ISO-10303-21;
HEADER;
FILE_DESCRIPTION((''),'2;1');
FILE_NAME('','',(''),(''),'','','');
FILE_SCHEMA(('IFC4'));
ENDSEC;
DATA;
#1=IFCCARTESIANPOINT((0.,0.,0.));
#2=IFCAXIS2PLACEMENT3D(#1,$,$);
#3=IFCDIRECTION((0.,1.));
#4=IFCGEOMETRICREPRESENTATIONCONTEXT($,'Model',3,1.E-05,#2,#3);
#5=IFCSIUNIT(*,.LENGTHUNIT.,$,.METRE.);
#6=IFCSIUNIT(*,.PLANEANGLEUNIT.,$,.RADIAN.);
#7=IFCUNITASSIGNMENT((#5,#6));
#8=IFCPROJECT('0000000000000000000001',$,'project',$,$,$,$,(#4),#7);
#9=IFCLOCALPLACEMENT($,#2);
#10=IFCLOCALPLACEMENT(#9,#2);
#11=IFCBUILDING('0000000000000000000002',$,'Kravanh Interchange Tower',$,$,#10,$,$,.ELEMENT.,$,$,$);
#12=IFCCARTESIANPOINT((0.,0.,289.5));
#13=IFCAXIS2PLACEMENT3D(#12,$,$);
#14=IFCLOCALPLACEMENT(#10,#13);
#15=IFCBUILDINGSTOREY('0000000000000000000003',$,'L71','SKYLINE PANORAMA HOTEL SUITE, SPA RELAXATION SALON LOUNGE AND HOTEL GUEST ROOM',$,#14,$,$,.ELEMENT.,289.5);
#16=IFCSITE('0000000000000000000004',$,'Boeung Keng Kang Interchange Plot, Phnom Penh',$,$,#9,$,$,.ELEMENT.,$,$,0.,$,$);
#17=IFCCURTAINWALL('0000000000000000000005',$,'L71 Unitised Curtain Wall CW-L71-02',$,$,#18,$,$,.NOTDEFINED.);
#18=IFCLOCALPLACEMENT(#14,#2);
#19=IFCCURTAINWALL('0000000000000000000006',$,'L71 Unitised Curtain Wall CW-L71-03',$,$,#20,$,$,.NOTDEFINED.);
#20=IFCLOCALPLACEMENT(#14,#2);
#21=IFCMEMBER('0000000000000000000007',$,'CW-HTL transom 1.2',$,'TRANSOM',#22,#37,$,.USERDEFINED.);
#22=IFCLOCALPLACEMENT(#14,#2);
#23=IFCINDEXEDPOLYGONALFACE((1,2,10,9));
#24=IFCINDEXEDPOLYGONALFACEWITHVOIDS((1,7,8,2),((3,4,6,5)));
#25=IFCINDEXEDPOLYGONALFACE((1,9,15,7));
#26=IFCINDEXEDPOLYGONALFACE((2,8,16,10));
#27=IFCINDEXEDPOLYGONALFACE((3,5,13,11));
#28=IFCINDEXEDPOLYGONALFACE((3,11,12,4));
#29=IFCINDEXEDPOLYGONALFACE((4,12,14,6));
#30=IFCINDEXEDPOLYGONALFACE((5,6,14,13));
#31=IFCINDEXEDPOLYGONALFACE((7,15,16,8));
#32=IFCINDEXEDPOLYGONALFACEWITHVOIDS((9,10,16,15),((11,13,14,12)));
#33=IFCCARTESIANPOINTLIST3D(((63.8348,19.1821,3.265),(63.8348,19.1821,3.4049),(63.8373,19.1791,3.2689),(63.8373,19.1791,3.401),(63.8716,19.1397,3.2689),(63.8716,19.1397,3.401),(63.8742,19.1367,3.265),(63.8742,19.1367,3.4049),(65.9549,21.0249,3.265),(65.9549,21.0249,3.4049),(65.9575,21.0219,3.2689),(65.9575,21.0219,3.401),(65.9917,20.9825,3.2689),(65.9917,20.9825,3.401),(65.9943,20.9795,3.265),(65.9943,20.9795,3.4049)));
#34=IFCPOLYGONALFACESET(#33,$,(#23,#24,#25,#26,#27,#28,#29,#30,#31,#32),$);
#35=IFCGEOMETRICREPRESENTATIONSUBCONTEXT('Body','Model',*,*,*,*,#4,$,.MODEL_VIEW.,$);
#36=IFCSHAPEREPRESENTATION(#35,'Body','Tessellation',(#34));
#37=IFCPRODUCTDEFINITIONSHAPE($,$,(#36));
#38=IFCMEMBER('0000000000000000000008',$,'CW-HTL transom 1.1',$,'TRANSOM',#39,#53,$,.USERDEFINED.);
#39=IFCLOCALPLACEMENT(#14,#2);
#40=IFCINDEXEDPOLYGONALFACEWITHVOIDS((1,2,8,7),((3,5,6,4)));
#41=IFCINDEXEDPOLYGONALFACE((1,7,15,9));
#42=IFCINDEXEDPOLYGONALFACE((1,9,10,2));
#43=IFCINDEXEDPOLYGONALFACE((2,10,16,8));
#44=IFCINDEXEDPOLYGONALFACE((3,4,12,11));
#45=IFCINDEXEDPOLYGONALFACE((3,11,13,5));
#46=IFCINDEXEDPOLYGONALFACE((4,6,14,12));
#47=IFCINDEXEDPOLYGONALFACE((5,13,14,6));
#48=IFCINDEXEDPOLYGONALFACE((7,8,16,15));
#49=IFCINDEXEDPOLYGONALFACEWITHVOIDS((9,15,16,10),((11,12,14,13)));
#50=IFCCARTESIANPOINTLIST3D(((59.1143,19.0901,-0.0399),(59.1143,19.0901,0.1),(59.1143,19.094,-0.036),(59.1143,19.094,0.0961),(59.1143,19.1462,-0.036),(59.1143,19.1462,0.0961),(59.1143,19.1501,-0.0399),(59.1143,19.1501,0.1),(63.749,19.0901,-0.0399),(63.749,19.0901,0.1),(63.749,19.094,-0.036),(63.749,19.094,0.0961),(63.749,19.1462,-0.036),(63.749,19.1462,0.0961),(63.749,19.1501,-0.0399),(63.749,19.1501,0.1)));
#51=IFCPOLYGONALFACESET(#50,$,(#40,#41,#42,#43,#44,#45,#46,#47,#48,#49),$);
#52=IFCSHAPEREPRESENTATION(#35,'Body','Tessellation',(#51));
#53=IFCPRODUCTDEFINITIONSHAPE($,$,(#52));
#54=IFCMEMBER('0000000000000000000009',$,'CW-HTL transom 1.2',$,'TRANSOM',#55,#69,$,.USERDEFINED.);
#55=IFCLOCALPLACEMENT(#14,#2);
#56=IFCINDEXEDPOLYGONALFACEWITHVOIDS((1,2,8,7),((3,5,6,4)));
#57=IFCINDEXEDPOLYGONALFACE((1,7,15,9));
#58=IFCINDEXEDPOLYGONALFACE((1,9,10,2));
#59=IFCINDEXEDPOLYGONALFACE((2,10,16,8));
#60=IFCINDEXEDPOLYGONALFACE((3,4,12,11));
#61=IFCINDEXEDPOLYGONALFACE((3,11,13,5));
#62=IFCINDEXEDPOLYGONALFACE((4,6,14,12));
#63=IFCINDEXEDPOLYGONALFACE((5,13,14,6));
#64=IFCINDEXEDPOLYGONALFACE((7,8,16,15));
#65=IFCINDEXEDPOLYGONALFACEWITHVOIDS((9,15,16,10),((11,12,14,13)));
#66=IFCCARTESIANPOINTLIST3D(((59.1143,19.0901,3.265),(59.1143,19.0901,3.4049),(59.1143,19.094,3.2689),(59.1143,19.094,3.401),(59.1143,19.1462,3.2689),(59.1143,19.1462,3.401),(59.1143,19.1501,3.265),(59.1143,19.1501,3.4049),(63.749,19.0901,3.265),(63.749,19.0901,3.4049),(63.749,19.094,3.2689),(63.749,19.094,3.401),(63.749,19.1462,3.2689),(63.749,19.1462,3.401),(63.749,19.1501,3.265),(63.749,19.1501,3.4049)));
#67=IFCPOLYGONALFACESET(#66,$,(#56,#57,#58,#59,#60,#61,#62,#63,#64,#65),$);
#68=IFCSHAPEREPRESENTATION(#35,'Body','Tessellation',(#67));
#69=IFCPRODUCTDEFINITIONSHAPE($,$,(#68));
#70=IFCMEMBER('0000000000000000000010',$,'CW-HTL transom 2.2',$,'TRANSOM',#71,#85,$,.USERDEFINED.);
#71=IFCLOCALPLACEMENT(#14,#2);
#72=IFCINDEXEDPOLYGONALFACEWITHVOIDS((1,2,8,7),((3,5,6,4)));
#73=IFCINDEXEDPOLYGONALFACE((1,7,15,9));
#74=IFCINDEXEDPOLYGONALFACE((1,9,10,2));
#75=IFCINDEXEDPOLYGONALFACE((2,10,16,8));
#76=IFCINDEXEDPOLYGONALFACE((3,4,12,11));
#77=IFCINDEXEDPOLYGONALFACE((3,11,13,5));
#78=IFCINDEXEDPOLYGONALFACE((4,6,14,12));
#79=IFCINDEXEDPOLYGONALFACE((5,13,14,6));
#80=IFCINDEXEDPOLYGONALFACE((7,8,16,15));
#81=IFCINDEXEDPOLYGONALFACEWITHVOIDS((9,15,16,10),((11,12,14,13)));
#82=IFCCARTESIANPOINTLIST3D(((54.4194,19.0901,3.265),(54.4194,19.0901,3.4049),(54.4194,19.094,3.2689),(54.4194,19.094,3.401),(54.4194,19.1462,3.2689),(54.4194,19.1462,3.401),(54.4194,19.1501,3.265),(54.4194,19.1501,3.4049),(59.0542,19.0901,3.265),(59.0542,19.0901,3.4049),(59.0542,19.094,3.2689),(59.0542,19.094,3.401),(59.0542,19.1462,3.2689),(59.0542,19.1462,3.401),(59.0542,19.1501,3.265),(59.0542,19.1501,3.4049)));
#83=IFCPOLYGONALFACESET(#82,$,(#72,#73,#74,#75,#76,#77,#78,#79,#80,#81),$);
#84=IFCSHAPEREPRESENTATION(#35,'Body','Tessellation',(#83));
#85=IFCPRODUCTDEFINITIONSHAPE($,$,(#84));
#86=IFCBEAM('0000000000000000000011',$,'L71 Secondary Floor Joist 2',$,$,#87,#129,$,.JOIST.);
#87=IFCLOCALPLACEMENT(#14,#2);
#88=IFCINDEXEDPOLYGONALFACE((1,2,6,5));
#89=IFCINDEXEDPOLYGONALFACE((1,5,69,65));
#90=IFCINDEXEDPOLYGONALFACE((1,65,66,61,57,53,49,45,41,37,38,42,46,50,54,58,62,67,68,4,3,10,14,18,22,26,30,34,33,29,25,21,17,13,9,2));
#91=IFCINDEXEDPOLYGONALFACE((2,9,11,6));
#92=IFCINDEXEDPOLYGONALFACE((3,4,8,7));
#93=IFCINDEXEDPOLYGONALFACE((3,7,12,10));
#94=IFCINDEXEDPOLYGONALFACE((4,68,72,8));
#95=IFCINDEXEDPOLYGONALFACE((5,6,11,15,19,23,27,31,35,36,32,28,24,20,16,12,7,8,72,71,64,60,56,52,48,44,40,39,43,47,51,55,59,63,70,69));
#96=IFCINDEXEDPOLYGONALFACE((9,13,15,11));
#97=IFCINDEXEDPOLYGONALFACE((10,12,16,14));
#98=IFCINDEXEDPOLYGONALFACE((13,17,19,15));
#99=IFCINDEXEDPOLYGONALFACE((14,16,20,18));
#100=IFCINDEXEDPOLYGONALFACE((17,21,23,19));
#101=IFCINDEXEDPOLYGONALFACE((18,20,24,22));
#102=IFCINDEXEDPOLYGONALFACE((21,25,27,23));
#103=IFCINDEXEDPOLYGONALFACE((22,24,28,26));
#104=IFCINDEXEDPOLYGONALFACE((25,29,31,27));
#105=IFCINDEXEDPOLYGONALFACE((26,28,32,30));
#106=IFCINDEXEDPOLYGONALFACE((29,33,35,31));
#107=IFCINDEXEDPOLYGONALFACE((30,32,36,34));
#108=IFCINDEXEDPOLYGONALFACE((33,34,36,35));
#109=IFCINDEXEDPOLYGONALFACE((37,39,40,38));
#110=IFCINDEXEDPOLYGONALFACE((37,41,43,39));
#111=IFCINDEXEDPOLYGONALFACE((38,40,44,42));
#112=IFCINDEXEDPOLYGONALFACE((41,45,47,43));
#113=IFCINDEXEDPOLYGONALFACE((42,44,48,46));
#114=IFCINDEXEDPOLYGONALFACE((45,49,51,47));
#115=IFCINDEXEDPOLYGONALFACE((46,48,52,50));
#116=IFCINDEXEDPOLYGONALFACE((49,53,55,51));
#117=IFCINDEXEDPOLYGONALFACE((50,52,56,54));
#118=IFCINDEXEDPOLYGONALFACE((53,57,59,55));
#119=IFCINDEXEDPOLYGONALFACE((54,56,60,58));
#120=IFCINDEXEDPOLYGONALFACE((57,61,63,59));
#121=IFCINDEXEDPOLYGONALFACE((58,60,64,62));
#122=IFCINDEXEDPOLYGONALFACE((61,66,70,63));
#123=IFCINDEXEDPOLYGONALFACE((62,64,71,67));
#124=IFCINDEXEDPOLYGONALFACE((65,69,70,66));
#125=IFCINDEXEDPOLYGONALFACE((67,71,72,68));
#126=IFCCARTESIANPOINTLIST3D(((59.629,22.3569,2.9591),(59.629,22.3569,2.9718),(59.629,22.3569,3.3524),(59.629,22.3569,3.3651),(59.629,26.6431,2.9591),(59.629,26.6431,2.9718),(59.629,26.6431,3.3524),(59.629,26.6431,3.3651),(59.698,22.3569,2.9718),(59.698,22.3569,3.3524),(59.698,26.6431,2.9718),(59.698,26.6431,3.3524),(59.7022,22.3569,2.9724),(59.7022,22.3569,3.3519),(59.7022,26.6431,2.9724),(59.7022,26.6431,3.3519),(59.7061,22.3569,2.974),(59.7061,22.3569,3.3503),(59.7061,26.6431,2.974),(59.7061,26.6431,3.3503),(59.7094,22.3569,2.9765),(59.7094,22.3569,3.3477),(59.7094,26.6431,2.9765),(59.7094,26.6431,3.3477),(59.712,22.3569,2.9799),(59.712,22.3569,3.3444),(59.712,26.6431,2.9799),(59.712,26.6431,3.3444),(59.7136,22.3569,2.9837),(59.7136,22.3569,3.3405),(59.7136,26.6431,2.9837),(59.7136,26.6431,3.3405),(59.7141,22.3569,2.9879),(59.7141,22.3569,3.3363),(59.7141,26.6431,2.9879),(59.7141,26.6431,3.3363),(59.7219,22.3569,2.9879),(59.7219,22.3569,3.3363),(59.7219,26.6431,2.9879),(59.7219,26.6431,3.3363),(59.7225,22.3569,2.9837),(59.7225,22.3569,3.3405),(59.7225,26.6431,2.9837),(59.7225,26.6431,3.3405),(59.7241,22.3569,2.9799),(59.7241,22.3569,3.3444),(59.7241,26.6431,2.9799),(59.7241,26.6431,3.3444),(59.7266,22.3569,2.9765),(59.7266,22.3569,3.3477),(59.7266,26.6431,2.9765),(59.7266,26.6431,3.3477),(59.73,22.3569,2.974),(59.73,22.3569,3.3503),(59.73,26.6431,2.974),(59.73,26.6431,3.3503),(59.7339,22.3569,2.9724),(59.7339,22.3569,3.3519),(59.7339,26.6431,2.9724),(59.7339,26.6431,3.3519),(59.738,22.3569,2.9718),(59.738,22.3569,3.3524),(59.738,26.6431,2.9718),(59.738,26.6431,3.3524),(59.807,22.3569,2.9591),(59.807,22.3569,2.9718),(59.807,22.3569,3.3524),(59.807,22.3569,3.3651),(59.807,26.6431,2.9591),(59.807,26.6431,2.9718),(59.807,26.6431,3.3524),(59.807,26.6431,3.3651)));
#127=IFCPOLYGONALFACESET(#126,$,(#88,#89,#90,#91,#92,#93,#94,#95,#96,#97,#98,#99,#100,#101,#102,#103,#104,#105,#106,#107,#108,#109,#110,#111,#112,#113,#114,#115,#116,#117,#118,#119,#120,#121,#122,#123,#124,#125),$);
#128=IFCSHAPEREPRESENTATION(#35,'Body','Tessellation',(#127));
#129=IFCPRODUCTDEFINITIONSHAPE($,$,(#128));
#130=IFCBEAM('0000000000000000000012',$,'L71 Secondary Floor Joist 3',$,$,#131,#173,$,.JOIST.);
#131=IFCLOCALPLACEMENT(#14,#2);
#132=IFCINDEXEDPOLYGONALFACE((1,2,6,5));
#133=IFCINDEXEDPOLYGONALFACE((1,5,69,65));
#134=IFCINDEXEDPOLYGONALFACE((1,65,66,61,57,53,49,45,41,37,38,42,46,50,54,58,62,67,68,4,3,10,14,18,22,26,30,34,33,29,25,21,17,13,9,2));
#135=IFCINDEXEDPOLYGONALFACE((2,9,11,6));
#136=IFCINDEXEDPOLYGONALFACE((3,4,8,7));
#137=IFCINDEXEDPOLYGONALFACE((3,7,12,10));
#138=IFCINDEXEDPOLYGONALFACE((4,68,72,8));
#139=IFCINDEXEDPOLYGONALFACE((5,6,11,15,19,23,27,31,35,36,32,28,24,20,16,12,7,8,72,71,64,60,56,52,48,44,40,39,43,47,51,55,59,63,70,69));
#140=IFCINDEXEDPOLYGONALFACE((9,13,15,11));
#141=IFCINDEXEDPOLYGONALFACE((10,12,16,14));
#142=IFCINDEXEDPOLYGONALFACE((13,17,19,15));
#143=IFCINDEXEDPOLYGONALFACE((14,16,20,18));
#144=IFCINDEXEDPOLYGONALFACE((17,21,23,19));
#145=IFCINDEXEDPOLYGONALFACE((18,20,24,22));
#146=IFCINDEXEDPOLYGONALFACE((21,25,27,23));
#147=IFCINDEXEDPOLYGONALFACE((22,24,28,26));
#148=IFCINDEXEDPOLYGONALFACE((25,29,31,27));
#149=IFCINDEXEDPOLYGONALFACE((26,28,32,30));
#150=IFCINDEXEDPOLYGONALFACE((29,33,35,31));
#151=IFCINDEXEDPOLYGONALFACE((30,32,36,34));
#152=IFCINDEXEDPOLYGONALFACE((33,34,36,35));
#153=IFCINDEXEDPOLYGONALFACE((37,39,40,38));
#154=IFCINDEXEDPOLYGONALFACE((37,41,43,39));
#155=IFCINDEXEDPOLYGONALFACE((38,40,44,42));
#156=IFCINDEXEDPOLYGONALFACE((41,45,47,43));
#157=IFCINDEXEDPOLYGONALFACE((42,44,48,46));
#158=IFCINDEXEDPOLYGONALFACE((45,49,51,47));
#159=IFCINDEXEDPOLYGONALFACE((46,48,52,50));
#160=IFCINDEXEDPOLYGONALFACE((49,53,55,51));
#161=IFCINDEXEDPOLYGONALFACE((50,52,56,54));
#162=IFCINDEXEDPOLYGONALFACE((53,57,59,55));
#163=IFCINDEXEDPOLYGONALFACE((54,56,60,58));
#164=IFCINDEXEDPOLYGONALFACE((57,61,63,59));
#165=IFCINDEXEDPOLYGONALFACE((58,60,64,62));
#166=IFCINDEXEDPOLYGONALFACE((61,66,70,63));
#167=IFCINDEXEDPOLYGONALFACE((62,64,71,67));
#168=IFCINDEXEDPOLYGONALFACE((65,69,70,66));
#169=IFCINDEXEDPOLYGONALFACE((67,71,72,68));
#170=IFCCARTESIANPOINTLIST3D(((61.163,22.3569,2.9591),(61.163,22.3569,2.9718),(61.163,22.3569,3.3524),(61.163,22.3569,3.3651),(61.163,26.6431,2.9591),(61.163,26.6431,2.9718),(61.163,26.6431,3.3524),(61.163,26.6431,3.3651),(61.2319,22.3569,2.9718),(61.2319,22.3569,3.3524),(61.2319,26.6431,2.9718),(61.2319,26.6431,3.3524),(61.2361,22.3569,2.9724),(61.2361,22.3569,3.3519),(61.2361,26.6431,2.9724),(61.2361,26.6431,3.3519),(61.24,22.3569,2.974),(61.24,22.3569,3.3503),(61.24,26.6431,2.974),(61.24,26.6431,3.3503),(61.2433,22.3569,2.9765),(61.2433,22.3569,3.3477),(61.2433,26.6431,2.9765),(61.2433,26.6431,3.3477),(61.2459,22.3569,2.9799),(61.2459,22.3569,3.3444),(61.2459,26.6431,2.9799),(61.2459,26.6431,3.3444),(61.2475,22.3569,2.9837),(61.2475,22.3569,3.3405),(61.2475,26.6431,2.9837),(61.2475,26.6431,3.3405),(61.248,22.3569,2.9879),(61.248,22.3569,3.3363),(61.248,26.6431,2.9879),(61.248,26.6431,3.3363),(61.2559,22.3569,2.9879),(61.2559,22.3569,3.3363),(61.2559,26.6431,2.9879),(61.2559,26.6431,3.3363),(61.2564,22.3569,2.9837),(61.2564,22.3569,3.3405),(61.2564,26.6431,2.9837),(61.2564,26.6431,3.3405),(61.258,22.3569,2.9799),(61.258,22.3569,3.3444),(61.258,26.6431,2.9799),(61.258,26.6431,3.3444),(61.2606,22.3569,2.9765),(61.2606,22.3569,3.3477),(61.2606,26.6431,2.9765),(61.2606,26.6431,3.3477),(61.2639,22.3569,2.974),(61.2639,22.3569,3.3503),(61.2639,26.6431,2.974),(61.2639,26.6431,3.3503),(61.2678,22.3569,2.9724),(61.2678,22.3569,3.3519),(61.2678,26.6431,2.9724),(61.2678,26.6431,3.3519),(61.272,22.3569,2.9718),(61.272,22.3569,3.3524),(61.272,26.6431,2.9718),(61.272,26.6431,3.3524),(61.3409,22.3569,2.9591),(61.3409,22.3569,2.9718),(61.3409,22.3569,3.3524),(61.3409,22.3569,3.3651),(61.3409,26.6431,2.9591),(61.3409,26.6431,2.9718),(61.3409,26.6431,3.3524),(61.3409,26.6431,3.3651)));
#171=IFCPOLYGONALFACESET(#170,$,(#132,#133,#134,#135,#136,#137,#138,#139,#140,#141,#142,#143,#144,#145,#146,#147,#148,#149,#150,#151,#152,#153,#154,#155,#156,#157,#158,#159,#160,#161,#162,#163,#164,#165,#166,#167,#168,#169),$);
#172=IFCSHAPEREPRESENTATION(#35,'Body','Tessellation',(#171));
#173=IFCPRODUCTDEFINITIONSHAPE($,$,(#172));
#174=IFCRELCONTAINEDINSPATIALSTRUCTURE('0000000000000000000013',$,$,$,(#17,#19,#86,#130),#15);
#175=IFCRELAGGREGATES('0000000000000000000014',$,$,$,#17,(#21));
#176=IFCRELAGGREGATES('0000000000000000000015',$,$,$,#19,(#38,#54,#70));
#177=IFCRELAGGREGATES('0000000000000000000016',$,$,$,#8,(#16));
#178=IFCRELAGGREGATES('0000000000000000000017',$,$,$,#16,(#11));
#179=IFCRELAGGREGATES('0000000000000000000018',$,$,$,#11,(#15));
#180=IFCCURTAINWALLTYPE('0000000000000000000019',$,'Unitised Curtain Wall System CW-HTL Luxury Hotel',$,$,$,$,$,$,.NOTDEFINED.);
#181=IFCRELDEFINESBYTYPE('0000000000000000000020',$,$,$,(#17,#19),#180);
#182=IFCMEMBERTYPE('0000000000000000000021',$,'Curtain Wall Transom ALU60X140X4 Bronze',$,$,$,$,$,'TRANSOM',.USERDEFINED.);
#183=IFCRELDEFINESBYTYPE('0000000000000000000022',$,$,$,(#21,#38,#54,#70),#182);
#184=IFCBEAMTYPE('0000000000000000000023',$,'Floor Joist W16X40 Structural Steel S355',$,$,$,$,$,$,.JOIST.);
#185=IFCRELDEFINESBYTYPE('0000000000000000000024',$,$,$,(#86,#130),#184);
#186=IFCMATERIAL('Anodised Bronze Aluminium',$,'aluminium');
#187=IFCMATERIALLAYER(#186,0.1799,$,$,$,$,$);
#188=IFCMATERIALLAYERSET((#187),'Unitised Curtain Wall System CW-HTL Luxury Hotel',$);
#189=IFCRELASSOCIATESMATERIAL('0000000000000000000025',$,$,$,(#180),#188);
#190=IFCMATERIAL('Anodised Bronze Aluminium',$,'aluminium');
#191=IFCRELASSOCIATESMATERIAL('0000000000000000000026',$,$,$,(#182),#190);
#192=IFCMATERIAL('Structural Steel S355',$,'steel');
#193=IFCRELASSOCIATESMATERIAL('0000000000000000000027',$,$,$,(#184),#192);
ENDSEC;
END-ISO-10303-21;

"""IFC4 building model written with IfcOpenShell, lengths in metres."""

from ifc_helpers import new_model, si_unit, direction, frame, origin, origin_2d, place, context, subcontext, project, spatial, hollow_rectangle, i_section, extrude, material, layer, layer_set, material_profile, profile_set, type_object, element, aggregate, save


model = new_model("IFC4")

# Units and contexts
model_context = context("Model", 3, precision=1e-05, world=origin(), true_north=direction((0.0, 1.0)))
body_context = subcontext(model_context, "Body", "Model", "MODEL_VIEW")
ifc_project = project(units=[si_unit("LENGTHUNIT", "METRE"), si_unit("PLANEANGLEUNIT", "RADIAN")], contexts=[model_context])

# Site, building, storey
site_placement = place(None, origin())
site = spatial("IfcSite", under=ifc_project, at=site_placement, Name="Boeung Keng Kang Interchange Plot, Phnom Penh", CompositionType="ELEMENT", RefElevation=0.0)
building_placement = place(site_placement, origin())
building = spatial("IfcBuilding", under=site, at=building_placement, Name="Kravanh Interchange Tower", CompositionType="ELEMENT")
storey_placement = place(building_placement, frame((0.0, 0.0, 289.5)))
storey = spatial("IfcBuildingStorey", under=building, at=storey_placement, Name="L71", Description="SKYLINE PANORAMA HOTEL SUITE, SPA RELAXATION SALON LOUNGE AND HOTEL GUEST ROOM", CompositionType="ELEMENT", Elevation=289.5)

# Curtain walls
ifc_material_1 = material(Name="Anodised Bronze Aluminium", Category="aluminium")
ifc_layer_1 = layer(ifc_material_1, 0.1799)
ifc_layer_set_1 = layer_set([ifc_layer_1], Name="Unitised Curtain Wall System CW-HTL Luxury Hotel")
curtain_wall_type = type_object("IfcCurtainWallType", Name="Unitised Curtain Wall System CW-HTL Luxury Hotel", PredefinedType="NOTDEFINED", material=ifc_layer_set_1)
curtain_wall_1_placement = place(storey_placement, origin())
curtain_wall_1 = element("IfcCurtainWall", 1, at=curtain_wall_1_placement, inside=storey, type_object=curtain_wall_type, Name="L71 Unitised Curtain Wall CW-L71-02", PredefinedType="NOTDEFINED")
curtain_wall_2_placement = place(storey_placement, origin())
curtain_wall_2 = element("IfcCurtainWall", 2, at=curtain_wall_2_placement, inside=storey, type_object=curtain_wall_type, Name="L71 Unitised Curtain Wall CW-L71-03", PredefinedType="NOTDEFINED")

# Members
ifc_material_2 = material(Name="Anodised Bronze Aluminium", Category="aluminium")
ifc_material_profile_1 = material_profile(ifc_material_2, hollow_rectangle(XDim=0.0601, YDim=0.1399, WallThickness=0.0039, at=origin_2d()), Name="ALU60X140X4")
ifc_profile_set_1 = profile_set([ifc_material_profile_1], Name="Anodised Bronze Aluminium")
member_type_1 = type_object("IfcMemberType", Name="Curtain Wall Transom ALU60X140X4 Bronze", ElementType="TRANSOM", PredefinedType="USERDEFINED", material=ifc_profile_set_1)
member_1_placement = place(storey_placement, frame((65.9746, 21.0022, 3.335), z_axis=(-0.754748, -0.656015, 0.0), x_axis=(0.656015, -0.754748, 0.0)))
member_1 = element("IfcMember", 3, at=member_1_placement, type_object=member_type_1, Name="CW-HTL transom 1.2", ObjectType="TRANSOM", PredefinedType="USERDEFINED", context=body_context, shape_type="SweptSolid", body=[
    extrude(hollow_rectangle(XDim=0.0601, YDim=0.1399, WallThickness=0.0039, at=origin_2d()), origin(), (0.0, 0.0, 1.0), 2.8091),
])
member_2_placement = place(storey_placement, frame((63.749, 19.1201, 0.03), z_axis=(-1.0, 0.0, 0.0), x_axis=(0.0, -1.0, 0.0)))
member_2 = element("IfcMember", 4, at=member_2_placement, type_object=member_type_1, Name="CW-HTL transom 1.1", ObjectType="TRANSOM", PredefinedType="USERDEFINED", context=body_context, shape_type="SweptSolid", body=[
    extrude(hollow_rectangle(XDim=0.0601, YDim=0.1399, WallThickness=0.0039, at=origin_2d()), origin(), (0.0, 0.0, 1.0), 4.6348),
])
member_3_placement = place(storey_placement, frame((63.749, 19.1201, 3.335), z_axis=(-1.0, 0.0, 0.0), x_axis=(0.0, -1.0, 0.0)))
member_3 = element("IfcMember", 5, at=member_3_placement, type_object=member_type_1, Name="CW-HTL transom 1.2", ObjectType="TRANSOM", PredefinedType="USERDEFINED", context=body_context, shape_type="SweptSolid", body=[
    extrude(hollow_rectangle(XDim=0.0601, YDim=0.1399, WallThickness=0.0039, at=origin_2d()), origin(), (0.0, 0.0, 1.0), 4.6348),
])
member_4_placement = place(storey_placement, frame((59.0542, 19.1201, 3.335), z_axis=(-1.0, 0.0, 0.0), x_axis=(0.0, -1.0, 0.0)))
member_4 = element("IfcMember", 6, at=member_4_placement, type_object=member_type_1, Name="CW-HTL transom 2.2", ObjectType="TRANSOM", PredefinedType="USERDEFINED", context=body_context, shape_type="SweptSolid", body=[
    extrude(hollow_rectangle(XDim=0.0601, YDim=0.1399, WallThickness=0.0039, at=origin_2d()), origin(), (0.0, 0.0, 1.0), 4.6348),
])

# Beams
ifc_material_3 = material(Name="Structural Steel S355", Category="steel")
ifc_material_profile_2 = material_profile(ifc_material_3, i_section(OverallWidth=0.178, OverallDepth=0.406, WebThickness=0.0078, FlangeThickness=0.0127, FilletRadius=0.0161, at=origin_2d()), Name="W16X40")
ifc_profile_set_2 = profile_set([ifc_material_profile_2], Name="Structural Steel S355")
beam_type_1 = type_object("IfcBeamType", Name="Floor Joist W16X40 Structural Steel S355", PredefinedType="JOIST", material=ifc_profile_set_2)
for number, where, z_axis, x_axis, name in (
    (7, (59.718, 22.3569, 3.1621), (0.0, 1.0, 0.0), (-1.0, 0.0, 0.0), "L71 Secondary Floor Joist 2"),
    (8, (61.252, 22.3569, 3.1621), (0.0, 1.0, 0.0), (-1.0, 0.0, 0.0), "L71 Secondary Floor Joist 3"),
):
    element("IfcBeam", number, at=place(storey_placement, frame(where, z_axis=z_axis, x_axis=x_axis)), inside=storey, type_object=beam_type_1, Name=name, PredefinedType="JOIST", context=body_context, shape_type="SweptSolid", body=[
        extrude(i_section(OverallWidth=0.178, OverallDepth=0.406, WebThickness=0.0078, FlangeThickness=0.0127, FilletRadius=0.0161, at=origin_2d()), origin(), (0.0, 0.0, 1.0), 4.2861),
    ])

aggregate(curtain_wall_1, [member_1])
aggregate(curtain_wall_2, [member_2, member_3, member_4])

save(model, "model.ifc")
